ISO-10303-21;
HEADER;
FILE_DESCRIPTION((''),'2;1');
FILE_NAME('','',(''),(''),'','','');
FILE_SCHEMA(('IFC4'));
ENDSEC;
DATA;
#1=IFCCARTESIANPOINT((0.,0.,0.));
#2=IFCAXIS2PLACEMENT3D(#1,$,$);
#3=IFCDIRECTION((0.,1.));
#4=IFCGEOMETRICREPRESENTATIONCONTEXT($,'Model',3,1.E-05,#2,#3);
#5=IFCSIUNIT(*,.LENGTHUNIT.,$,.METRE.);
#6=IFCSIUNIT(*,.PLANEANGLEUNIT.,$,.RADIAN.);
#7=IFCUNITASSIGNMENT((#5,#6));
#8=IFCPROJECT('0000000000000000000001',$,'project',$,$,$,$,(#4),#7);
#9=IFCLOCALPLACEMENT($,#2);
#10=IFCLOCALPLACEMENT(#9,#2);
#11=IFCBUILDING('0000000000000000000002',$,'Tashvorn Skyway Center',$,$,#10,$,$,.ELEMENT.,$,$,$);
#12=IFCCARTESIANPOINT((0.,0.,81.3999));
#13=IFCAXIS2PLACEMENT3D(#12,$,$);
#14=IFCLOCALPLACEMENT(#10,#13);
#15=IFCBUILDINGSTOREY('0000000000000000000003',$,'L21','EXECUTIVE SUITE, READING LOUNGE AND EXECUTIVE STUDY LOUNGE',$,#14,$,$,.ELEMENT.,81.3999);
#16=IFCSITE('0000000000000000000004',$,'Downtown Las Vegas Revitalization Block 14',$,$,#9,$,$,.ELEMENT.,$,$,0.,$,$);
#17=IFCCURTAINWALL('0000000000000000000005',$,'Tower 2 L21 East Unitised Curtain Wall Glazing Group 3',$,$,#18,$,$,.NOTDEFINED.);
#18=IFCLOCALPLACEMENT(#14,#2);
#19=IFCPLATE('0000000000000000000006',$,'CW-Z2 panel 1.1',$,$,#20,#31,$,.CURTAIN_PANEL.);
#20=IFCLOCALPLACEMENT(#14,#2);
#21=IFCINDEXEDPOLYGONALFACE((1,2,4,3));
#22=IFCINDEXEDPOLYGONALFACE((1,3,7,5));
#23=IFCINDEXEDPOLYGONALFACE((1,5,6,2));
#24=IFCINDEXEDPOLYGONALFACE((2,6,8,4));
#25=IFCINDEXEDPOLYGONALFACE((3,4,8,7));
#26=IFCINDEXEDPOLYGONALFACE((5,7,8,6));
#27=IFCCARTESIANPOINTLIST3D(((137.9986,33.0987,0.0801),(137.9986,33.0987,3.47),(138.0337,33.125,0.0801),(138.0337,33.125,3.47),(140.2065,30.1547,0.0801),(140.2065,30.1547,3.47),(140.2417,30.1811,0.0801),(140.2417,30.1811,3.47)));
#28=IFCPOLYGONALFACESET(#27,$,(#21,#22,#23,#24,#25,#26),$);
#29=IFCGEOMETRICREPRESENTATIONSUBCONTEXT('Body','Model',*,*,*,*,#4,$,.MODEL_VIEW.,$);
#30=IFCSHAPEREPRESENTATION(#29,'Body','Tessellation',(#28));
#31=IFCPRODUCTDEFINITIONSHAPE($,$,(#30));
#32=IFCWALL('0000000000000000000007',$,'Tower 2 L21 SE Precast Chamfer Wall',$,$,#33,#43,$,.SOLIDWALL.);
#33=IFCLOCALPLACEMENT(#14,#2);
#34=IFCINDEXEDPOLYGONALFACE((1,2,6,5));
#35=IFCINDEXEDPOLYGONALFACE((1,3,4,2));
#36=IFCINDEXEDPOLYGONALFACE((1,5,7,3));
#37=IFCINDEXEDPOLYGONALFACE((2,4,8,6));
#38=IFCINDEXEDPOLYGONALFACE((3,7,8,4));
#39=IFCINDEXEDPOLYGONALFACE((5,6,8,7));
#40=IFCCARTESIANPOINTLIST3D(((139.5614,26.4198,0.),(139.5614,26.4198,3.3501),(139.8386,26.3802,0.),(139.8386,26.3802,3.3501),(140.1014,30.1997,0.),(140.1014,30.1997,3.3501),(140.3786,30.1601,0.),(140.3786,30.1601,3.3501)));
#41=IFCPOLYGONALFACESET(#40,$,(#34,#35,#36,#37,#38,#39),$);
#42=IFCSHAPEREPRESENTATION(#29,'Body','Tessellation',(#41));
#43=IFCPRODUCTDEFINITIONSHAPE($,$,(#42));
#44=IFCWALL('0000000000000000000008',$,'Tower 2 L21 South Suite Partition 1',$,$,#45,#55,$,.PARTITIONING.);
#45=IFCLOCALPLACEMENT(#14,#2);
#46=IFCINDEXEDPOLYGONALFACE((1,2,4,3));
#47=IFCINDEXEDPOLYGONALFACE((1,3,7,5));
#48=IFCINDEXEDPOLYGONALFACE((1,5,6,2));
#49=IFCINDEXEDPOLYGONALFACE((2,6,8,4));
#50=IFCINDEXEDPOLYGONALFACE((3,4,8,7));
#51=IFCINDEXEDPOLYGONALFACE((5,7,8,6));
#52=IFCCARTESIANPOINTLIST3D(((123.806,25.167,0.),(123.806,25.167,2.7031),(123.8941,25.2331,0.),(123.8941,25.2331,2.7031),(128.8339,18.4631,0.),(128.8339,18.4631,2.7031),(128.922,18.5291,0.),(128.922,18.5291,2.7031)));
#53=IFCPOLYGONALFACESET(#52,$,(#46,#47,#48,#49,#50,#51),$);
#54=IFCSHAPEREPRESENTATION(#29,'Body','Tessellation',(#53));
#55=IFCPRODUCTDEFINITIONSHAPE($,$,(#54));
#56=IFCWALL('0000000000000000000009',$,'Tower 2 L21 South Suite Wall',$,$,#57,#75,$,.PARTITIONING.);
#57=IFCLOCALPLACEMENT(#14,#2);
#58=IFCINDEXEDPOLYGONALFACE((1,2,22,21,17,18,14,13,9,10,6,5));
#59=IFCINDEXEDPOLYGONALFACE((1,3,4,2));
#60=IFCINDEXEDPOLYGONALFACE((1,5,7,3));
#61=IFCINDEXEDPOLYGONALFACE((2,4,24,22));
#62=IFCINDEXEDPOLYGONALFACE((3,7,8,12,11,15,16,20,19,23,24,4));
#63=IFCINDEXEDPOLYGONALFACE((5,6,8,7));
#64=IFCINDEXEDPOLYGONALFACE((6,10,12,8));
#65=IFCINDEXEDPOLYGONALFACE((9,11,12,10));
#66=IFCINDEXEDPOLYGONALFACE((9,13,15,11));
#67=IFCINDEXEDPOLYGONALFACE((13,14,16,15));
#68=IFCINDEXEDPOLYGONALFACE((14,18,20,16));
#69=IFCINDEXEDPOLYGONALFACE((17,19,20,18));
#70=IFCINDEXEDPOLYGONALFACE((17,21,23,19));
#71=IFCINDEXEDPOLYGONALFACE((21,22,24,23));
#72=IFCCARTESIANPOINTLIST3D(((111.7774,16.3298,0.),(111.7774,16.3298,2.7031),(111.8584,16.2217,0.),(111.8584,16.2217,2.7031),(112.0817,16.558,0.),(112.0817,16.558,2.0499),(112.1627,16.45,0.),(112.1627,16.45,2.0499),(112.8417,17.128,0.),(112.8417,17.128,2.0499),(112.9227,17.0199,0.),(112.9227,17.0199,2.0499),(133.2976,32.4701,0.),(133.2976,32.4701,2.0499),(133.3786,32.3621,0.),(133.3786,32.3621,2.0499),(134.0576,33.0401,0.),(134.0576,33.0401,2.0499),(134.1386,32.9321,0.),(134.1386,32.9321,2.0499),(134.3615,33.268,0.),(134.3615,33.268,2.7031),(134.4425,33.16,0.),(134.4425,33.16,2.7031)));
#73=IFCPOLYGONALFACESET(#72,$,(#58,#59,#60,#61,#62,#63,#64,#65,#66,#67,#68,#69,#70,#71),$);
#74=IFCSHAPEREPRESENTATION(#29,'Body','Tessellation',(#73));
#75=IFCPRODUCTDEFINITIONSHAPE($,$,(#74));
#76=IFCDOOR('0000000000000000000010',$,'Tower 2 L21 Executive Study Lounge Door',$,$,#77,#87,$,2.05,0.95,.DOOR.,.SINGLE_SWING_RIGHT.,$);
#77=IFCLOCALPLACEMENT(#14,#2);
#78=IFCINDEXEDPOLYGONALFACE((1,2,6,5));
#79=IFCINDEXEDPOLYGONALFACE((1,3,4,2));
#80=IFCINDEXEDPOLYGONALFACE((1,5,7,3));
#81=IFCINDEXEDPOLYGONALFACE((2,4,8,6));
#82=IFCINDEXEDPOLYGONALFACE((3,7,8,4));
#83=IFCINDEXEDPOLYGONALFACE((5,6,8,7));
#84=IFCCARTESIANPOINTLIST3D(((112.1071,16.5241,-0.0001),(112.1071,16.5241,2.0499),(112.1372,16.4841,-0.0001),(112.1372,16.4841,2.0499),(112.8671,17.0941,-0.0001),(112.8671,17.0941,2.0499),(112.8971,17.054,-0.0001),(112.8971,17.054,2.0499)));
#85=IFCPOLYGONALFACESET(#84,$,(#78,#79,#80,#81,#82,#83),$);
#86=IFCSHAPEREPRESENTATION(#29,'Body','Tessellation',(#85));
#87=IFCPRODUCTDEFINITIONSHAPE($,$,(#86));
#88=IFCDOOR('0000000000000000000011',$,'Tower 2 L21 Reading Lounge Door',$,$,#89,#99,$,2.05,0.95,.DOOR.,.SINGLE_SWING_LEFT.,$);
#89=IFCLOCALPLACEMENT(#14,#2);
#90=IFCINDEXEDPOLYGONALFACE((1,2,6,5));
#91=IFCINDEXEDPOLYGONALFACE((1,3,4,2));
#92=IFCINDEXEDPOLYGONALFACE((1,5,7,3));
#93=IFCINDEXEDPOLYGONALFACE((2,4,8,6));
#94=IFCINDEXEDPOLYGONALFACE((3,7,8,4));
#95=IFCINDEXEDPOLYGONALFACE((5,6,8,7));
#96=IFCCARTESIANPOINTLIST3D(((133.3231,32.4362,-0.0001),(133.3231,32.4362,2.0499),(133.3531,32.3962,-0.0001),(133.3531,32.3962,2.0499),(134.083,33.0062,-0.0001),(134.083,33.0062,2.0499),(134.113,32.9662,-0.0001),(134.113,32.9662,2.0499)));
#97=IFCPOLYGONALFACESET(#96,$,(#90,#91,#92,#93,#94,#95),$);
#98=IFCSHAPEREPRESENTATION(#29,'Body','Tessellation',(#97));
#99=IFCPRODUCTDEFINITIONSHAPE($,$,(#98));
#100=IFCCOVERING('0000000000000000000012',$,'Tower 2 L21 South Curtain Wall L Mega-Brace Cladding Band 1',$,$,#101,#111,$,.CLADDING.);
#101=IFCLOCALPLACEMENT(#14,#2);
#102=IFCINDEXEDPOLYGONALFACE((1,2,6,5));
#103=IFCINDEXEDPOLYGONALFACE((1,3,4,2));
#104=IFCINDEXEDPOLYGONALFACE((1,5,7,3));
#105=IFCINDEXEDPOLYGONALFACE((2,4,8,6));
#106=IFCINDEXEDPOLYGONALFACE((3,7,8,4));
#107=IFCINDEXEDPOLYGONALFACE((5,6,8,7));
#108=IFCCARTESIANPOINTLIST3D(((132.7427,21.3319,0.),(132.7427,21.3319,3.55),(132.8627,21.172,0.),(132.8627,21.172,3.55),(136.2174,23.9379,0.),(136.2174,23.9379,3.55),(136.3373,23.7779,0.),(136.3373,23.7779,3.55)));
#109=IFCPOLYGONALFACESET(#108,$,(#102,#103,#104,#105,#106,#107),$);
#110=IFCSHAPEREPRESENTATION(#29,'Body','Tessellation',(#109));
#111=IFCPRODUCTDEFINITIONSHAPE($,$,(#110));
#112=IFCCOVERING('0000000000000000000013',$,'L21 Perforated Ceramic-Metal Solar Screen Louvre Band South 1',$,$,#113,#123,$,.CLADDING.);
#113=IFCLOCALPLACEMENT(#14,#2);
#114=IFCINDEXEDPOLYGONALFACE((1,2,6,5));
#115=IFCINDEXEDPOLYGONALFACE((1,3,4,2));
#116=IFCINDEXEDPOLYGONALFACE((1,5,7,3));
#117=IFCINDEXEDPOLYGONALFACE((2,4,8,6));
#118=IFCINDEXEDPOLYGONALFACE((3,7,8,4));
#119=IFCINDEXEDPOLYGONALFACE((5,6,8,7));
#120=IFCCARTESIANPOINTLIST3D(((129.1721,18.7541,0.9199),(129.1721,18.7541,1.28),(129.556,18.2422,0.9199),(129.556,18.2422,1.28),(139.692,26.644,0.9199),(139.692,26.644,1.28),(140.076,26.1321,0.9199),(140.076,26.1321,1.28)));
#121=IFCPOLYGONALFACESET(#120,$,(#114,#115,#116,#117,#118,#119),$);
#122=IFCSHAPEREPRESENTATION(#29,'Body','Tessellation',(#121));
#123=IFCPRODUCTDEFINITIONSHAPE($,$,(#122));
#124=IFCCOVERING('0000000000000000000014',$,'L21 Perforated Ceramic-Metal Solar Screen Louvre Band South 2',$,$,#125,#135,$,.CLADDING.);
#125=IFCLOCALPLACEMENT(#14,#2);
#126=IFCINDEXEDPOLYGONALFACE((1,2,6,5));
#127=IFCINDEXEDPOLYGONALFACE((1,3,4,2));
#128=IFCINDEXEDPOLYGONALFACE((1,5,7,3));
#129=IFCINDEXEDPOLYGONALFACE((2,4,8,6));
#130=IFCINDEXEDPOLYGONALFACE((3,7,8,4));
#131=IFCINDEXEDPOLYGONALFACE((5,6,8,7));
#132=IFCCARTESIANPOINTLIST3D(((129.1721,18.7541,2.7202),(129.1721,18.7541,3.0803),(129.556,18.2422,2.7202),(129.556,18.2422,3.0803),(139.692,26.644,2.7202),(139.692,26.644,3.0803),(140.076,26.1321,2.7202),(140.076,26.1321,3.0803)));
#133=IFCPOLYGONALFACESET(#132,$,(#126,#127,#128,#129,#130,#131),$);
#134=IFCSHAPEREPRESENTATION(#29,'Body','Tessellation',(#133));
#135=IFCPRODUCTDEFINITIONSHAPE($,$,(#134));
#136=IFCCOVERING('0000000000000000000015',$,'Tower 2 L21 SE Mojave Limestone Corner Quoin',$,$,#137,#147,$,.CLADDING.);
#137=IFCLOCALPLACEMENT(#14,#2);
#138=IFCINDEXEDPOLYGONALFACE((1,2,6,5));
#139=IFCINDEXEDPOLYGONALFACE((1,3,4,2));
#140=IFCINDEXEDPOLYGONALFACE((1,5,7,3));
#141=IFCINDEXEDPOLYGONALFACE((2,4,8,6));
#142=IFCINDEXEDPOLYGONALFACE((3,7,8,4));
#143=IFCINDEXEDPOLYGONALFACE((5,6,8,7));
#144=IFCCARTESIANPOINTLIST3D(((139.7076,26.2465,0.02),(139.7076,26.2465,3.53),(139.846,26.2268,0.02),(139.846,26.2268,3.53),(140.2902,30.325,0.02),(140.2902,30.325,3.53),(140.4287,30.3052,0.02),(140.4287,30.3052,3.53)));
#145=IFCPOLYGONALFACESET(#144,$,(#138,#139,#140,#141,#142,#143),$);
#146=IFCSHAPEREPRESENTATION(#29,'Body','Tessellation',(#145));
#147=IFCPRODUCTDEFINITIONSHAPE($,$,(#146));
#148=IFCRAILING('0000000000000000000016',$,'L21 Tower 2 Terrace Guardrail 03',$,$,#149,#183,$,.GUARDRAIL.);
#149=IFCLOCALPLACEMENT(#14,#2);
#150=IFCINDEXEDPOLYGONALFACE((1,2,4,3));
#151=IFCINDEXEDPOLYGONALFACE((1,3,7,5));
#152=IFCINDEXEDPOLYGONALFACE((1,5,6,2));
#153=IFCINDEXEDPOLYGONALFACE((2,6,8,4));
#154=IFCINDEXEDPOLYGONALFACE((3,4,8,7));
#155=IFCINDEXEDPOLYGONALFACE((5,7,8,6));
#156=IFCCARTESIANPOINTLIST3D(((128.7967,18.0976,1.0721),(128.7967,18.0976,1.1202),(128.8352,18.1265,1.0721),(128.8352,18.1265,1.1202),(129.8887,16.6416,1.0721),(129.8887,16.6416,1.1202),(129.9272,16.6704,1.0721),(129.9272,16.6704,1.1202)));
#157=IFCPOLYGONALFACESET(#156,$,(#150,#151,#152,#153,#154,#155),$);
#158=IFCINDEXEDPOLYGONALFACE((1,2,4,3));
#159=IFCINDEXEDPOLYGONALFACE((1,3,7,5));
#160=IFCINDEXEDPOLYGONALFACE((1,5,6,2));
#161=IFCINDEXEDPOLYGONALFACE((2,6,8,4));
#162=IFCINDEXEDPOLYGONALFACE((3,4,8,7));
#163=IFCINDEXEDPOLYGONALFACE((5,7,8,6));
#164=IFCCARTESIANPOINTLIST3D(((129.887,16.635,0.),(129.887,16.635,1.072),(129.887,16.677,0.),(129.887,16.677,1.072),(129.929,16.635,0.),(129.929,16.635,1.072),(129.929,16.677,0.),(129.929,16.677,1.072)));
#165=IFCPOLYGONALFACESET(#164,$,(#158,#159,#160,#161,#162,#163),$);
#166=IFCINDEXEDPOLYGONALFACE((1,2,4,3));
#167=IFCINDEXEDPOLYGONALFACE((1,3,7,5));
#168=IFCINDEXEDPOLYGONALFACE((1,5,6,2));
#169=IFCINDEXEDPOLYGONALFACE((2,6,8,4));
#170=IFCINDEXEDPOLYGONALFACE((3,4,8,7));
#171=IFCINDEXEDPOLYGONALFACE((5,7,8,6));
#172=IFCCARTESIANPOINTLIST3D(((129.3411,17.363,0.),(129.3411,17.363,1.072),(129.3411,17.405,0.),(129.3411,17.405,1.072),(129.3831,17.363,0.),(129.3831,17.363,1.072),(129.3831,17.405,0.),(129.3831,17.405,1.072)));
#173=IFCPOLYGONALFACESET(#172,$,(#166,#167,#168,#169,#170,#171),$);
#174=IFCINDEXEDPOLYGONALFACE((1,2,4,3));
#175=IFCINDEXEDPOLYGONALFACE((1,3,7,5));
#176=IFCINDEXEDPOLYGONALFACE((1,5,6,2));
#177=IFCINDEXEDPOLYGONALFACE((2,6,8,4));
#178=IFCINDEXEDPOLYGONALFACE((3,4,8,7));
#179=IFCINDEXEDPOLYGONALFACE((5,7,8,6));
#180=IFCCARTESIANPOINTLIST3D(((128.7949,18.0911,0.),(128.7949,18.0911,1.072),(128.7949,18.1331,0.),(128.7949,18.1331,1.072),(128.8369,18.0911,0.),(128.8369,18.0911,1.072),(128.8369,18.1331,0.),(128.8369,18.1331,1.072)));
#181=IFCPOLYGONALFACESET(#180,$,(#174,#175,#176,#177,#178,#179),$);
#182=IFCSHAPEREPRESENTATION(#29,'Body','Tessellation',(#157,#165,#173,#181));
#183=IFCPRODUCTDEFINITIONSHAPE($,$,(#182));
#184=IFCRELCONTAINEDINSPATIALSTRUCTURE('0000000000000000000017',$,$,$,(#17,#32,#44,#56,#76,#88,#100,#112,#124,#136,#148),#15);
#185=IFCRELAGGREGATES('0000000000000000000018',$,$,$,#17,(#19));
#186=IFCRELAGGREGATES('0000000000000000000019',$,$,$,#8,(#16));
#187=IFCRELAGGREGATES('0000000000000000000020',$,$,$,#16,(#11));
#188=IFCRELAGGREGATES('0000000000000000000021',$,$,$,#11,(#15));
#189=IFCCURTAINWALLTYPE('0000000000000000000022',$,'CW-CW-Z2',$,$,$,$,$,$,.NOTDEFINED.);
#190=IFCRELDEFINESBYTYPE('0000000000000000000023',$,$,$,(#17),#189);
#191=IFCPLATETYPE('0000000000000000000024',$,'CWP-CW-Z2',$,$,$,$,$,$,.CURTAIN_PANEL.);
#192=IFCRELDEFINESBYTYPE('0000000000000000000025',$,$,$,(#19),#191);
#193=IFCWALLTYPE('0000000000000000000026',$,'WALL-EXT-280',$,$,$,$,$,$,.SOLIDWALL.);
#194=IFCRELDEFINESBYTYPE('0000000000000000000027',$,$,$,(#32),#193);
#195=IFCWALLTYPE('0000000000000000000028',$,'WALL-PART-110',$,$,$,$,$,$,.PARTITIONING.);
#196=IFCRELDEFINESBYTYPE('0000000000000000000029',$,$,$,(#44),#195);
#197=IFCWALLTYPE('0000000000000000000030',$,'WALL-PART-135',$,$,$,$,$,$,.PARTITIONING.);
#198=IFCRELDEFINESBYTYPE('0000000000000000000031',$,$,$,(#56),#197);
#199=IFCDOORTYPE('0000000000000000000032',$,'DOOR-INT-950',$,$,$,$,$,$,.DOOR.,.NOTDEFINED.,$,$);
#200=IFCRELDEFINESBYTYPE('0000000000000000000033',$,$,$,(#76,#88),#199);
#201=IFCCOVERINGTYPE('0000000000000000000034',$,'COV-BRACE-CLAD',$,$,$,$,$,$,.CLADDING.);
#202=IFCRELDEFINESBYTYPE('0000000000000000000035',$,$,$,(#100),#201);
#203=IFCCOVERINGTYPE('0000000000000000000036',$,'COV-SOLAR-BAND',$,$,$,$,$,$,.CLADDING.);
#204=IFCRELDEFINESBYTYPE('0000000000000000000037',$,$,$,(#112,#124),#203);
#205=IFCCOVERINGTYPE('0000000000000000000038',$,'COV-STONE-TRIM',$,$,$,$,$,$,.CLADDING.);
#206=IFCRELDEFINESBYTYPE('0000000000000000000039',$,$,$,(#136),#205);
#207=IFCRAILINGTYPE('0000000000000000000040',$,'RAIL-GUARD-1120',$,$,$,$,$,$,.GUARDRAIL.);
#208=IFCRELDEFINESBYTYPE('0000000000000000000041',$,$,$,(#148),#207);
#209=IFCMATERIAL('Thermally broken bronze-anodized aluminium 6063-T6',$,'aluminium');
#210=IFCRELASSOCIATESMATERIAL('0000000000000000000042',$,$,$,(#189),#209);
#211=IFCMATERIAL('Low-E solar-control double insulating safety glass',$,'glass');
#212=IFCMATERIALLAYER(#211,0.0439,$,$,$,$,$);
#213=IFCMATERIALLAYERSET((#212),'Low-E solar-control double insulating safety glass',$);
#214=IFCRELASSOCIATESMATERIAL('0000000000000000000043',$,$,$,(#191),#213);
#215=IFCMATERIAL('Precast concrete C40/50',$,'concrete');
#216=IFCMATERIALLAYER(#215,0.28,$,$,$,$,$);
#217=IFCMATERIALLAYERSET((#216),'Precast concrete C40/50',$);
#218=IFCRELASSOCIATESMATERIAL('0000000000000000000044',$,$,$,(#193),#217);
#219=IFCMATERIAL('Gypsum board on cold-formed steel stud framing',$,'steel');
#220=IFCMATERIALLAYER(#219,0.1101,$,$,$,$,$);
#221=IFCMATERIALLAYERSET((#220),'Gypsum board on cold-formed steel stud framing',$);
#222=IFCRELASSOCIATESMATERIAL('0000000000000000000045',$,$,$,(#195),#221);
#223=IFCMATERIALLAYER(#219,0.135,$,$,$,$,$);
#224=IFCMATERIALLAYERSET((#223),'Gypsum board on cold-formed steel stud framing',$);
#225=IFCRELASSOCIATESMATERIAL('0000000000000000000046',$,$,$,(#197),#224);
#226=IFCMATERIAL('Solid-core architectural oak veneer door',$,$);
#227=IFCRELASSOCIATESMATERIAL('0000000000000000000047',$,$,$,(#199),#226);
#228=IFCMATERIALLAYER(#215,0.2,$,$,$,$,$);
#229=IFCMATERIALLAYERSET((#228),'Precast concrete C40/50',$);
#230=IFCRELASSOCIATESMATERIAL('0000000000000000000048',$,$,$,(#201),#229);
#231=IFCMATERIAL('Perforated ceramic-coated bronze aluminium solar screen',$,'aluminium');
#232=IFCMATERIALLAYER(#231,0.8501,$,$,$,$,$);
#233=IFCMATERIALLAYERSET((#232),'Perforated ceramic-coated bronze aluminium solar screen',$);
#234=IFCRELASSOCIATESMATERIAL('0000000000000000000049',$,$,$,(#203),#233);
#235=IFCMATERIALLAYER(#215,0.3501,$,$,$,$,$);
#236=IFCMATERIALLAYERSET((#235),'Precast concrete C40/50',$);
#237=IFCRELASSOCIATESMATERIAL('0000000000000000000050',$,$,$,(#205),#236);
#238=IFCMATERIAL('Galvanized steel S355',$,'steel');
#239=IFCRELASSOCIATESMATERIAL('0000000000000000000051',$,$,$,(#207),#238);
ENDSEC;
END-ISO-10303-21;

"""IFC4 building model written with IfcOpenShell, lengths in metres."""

from ifc_helpers import new_model, si_unit, direction, frame, frame_2d, origin, origin_2d, place, context, subcontext, project, spatial, rectangle, extrude, material, layer, layer_set, type_object, element, fill, aggregate, save


model = new_model("IFC4")

# Units and contexts
model_context = context("Model", 3, precision=1e-05, world=origin(), true_north=direction((0.0, 1.0)))
body_context = subcontext(model_context, "Body", "Model", "MODEL_VIEW")
ifc_project = project(units=[si_unit("LENGTHUNIT", "METRE"), si_unit("PLANEANGLEUNIT", "RADIAN")], contexts=[model_context])

# Site, building, storey
site_placement = place(None, origin())
site = spatial("IfcSite", under=ifc_project, at=site_placement, Name="Downtown Las Vegas Revitalization Block 14", CompositionType="ELEMENT", RefElevation=0.0)
building_placement = place(site_placement, origin())
building = spatial("IfcBuilding", under=site, at=building_placement, Name="Tashvorn Skyway Center", CompositionType="ELEMENT")
storey_placement = place(building_placement, frame((0.0, 0.0, 81.3999)))
storey = spatial("IfcBuildingStorey", under=building, at=storey_placement, Name="L21", Description="EXECUTIVE SUITE, READING LOUNGE AND EXECUTIVE STUDY LOUNGE", CompositionType="ELEMENT", Elevation=81.3999)

# Curtain wall
ifc_material_1 = material(Name="Thermally broken bronze-anodized aluminium 6063-T6", Category="aluminium")
curtain_wall_type = type_object("IfcCurtainWallType", Name="CW-CW-Z2", PredefinedType="NOTDEFINED", material=ifc_material_1)
curtain_wall_1_placement = place(storey_placement, origin())
curtain_wall_1 = element("IfcCurtainWall", 1, at=curtain_wall_1_placement, inside=storey, type_object=curtain_wall_type, Name="Tower 2 L21 East Unitised Curtain Wall Glazing Group 3", PredefinedType="NOTDEFINED")

# Plate
ifc_material_2 = material(Name="Low-E solar-control double insulating safety glass", Category="glass")
ifc_layer_1 = layer(ifc_material_2, 0.0439)
ifc_layer_set_1 = layer_set([ifc_layer_1], Name="Low-E solar-control double insulating safety glass")
plate_type = type_object("IfcPlateType", Name="CWP-CW-Z2", PredefinedType="CURTAIN_PANEL", material=ifc_layer_set_1)
plate_1_placement = place(storey_placement, frame((139.1201, 31.6399, 0.0801), z_axis=(0.0, 0.0, 1.0), x_axis=(0.6, -0.8, 0.0)))
plate_1 = element("IfcPlate", 2, at=plate_1_placement, type_object=plate_type, Name="CW-Z2 panel 1.1", PredefinedType="CURTAIN_PANEL", context=body_context, shape_type="SweptSolid", body=[
    extrude(rectangle(XDim=3.6799, YDim=0.0439, at=origin_2d()), origin(), (0.0, 0.0, 1.0), 3.3899),
])
aggregate(curtain_wall_1, [plate_1])

# Shared definitions
ifc_material_3 = material(Name="Precast concrete C40/50", Category="concrete")
ifc_layer_2 = layer(ifc_material_3, 0.28)
ifc_layer_set_2 = layer_set([ifc_layer_2], Name="Precast concrete C40/50")
wall_type_1 = type_object("IfcWallType", Name="WALL-EXT-280", PredefinedType="SOLIDWALL", material=ifc_layer_set_2)

# Walls
wall_1_placement = place(storey_placement, frame((140.24, 30.1799, 0.0), z_axis=(0.0, 0.0, 1.0), x_axis=(-0.14143, -0.989948, 0.0)))
element("IfcWall", 3, at=wall_1_placement, inside=storey, type_object=wall_type_1, Name="Tower 2 L21 SE Precast Chamfer Wall", PredefinedType="SOLIDWALL", context=body_context, shape_type="SweptSolid", body=[
    extrude(rectangle(XDim=3.8184, YDim=0.28, at=frame_2d((1.9092, 0.0))), origin(), (0.0, 0.0, 1.0), 3.3501),
])
ifc_material_4 = material(Name="Gypsum board on cold-formed steel stud framing", Category="steel")
ifc_layer_3 = layer(ifc_material_4, 0.1101)
ifc_layer_set_3 = layer_set([ifc_layer_3], Name="Gypsum board on cold-formed steel stud framing")
wall_type_2 = type_object("IfcWallType", Name="WALL-PART-110", PredefinedType="PARTITIONING", material=ifc_layer_set_3)
wall_2_placement = place(storey_placement, frame((128.8779, 18.4961, 0.0), z_axis=(0.0, 0.0, 1.0), x_axis=(-0.599995, 0.800003, 0.0)))
element("IfcWall", 4, at=wall_2_placement, inside=storey, type_object=wall_type_2, Name="Tower 2 L21 South Suite Partition 1", PredefinedType="PARTITIONING", context=body_context, shape_type="SweptSolid", body=[
    extrude(rectangle(XDim=8.3799, YDim=0.1101, at=frame_2d((4.1899, 0.0))), origin(), (0.0, 0.0, 1.0), 2.7031),
])

# Wall, openings, doors
ifc_layer_4 = layer(ifc_material_4, 0.135)
ifc_layer_set_4 = layer_set([ifc_layer_4], Name="Gypsum board on cold-formed steel stud framing")
wall_type_3 = type_object("IfcWallType", Name="WALL-PART-135", PredefinedType="PARTITIONING", material=ifc_layer_set_4)
wall_3_placement = place(storey_placement, frame((134.4021, 33.2141, 0.0), z_axis=(0.0, 0.0, 1.0), x_axis=(-0.799996, -0.600006, 0.0)))
wall_3 = element("IfcWall", 5, at=wall_3_placement, inside=storey, type_object=wall_type_3, Name="Tower 2 L21 South Suite Wall", PredefinedType="PARTITIONING", context=body_context, shape_type="SweptSolid", body=[
    extrude(rectangle(XDim=28.2302, YDim=0.135, at=frame_2d((14.1152, 0.0))), origin(), (0.0, 0.0, 1.0), 2.7031),
])
opening_1_placement = place(wall_3_placement, frame((26.8999, 0.0, 0.0)))
opening_1 = element("IfcOpeningElement", 6, at=opening_1_placement, cuts=wall_3, PredefinedType="OPENING", context=body_context, shape_type="SweptSolid", body=[
    extrude(rectangle(XDim=0.95, YDim=2.05, at=frame_2d((0.4751, 1.0249))), frame((0.0, 0.0774, 0.0), z_axis=(0.0, -1.0, 0.0), x_axis=(1.0, 0.0, 0.0)), (0.0, 0.0, 1.0), 0.155),
])
opening_2_placement = place(wall_3_placement, frame((0.3799, 0.0, 0.0)))
opening_2 = element("IfcOpeningElement", 7, at=opening_2_placement, cuts=wall_3, PredefinedType="OPENING", context=body_context, shape_type="SweptSolid", body=[
    extrude(rectangle(XDim=0.95, YDim=2.05, at=frame_2d((0.4751, 1.0249))), frame((0.0, 0.0774, 0.0), z_axis=(0.0, -1.0, 0.0), x_axis=(1.0, 0.0, 0.0)), (0.0, 0.0, 1.0), 0.155),
])
ifc_material_5 = material(Name="Solid-core architectural oak veneer door")
door_type_1 = type_object("IfcDoorType", Name="DOOR-INT-950", OperationType="NOTDEFINED", PredefinedType="DOOR", material=ifc_material_5)
door_1_placement = place(opening_1_placement, origin())
door_1 = element("IfcDoor", 8, at=door_1_placement, inside=storey, type_object=door_type_1, Name="Tower 2 L21 Executive Study Lounge Door", OperationType="SINGLE_SWING_RIGHT", OverallHeight=2.05, OverallWidth=0.95, PredefinedType="DOOR", context=body_context, shape_type="SweptSolid", body=[
    extrude(rectangle(XDim=0.95, YDim=2.05, at=frame_2d((0.4751, 1.0249))), frame((0.0, 0.0249, 0.0), z_axis=(0.0, -1.0, 0.0), x_axis=(1.0, 0.0, 0.0)), (0.0, 0.0, 1.0), 0.05),
])
fill(opening_1, door_1)
door_2_placement = place(opening_2_placement, origin())
door_2 = element("IfcDoor", 9, at=door_2_placement, inside=storey, type_object=door_type_1, Name="Tower 2 L21 Reading Lounge Door", OperationType="SINGLE_SWING_LEFT", OverallHeight=2.05, OverallWidth=0.95, PredefinedType="DOOR", context=body_context, shape_type="SweptSolid", body=[
    extrude(rectangle(XDim=0.95, YDim=2.05, at=frame_2d((0.4751, 1.0249))), frame((0.0, 0.0249, 0.0), z_axis=(0.0, -1.0, 0.0), x_axis=(1.0, 0.0, 0.0)), (0.0, 0.0, 1.0), 0.05),
])
fill(opening_2, door_2)

# Coverings
ifc_layer_5 = layer(ifc_material_3, 0.2)
ifc_layer_set_5 = layer_set([ifc_layer_5], Name="Precast concrete C40/50")
covering_type_1 = type_object("IfcCoveringType", Name="COV-BRACE-CLAD", PredefinedType="CLADDING", material=ifc_layer_set_5)
covering_1_placement = place(storey_placement, frame((134.54, 22.5549, 0.0), z_axis=(0.0, 0.0, 1.0), x_axis=(-0.8, -0.6, 0.0)))
element("IfcCovering", 10, at=covering_1_placement, inside=storey, type_object=covering_type_1, Name="Tower 2 L21 South Curtain Wall L Mega-Brace Cladding Band 1", PredefinedType="CLADDING", context=body_context, shape_type="SweptSolid", body=[
    extrude(rectangle(XDim=4.3433, YDim=0.2, at=origin_2d()), origin(), (0.0, 0.0, 1.0), 3.55),
])
ifc_material_6 = material(Name="Perforated ceramic-coated bronze aluminium solar screen", Category="aluminium")
ifc_layer_6 = layer(ifc_material_6, 0.8501)
ifc_layer_set_6 = layer_set([ifc_layer_6], Name="Perforated ceramic-coated bronze aluminium solar screen")
covering_type_2 = type_object("IfcCoveringType", Name="COV-SOLAR-BAND", PredefinedType="CLADDING", material=ifc_layer_set_6)
for number, where, z_axis, x_axis, name in (
    (11, (134.624, 22.4431, 0.9199), (0.0, 0.0, 1.0), (-0.8, -0.6, 0.0), "L21 Perforated Ceramic-Metal Solar Screen Louvre Band South 1"),
    (12, (134.624, 22.4431, 2.7202), (0.0, 0.0, 1.0), (-0.8, -0.6, 0.0), "L21 Perforated Ceramic-Metal Solar Screen Louvre Band South 2"),
):
    element("IfcCovering", number, at=place(storey_placement, frame(where, z_axis=z_axis, x_axis=x_axis)), inside=storey, type_object=covering_type_2, Name=name, PredefinedType="CLADDING", context=body_context, shape_type="SweptSolid", body=[
        extrude(rectangle(XDim=13.1499, YDim=0.6399, at=origin_2d()), origin(), (0.0, 0.0, 1.0), 0.3601),
    ])
ifc_layer_7 = layer(ifc_material_3, 0.3501)
ifc_layer_set_7 = layer_set([ifc_layer_7], Name="Precast concrete C40/50")
covering_type_3 = type_object("IfcCoveringType", Name="COV-STONE-TRIM", PredefinedType="CLADDING", material=ifc_layer_set_7)
covering_2_placement = place(storey_placement, frame((140.0681, 28.2759, 0.02), z_axis=(0.0, 0.0, 1.0), x_axis=(0.141421, 0.989949, 0.0)))
element("IfcCovering", 13, at=covering_2_placement, inside=storey, type_object=covering_type_3, Name="Tower 2 L21 SE Mojave Limestone Corner Quoin", PredefinedType="CLADDING", context=body_context, shape_type="SweptSolid", body=[
    extrude(rectangle(XDim=4.1199, YDim=0.1399, at=origin_2d()), origin(), (0.0, 0.0, 1.0), 3.51),
])

# Railing
ifc_material_7 = material(Name="Galvanized steel S355", Category="steel")
railing_type = type_object("IfcRailingType", Name="RAIL-GUARD-1120", PredefinedType="GUARDRAIL", material=ifc_material_7)
railing_placement = place(storey_placement, frame((129.908, 16.656, 0.0)))
element("IfcRailing", 14, at=railing_placement, inside=storey, type_object=railing_type, Name="L21 Tower 2 Terrace Guardrail 03", PredefinedType="GUARDRAIL", context=body_context, shape_type="SweptSolid", body=[
    extrude(rectangle(XDim=0.0481, YDim=0.0481, at=origin_2d()), frame((0.0, 0.0, 1.0962), z_axis=(-0.6, 0.8, 0.0), x_axis=(-0.8, -0.6, 0.0)), (0.0, 0.0, 1.0), 1.8201),
    extrude(rectangle(XDim=0.042, YDim=0.042, at=origin_2d()), origin(), (0.0, 0.0, 1.0), 1.072),
    extrude(rectangle(XDim=0.042, YDim=0.042, at=origin_2d()), frame((-0.5459, 0.728, 0.0)), (0.0, 0.0, 1.0), 1.072),
    extrude(rectangle(XDim=0.042, YDim=0.042, at=origin_2d()), frame((-1.092, 1.4561, 0.0)), (0.0, 0.0, 1.0), 1.072),
])

save(model, "model.ifc")
